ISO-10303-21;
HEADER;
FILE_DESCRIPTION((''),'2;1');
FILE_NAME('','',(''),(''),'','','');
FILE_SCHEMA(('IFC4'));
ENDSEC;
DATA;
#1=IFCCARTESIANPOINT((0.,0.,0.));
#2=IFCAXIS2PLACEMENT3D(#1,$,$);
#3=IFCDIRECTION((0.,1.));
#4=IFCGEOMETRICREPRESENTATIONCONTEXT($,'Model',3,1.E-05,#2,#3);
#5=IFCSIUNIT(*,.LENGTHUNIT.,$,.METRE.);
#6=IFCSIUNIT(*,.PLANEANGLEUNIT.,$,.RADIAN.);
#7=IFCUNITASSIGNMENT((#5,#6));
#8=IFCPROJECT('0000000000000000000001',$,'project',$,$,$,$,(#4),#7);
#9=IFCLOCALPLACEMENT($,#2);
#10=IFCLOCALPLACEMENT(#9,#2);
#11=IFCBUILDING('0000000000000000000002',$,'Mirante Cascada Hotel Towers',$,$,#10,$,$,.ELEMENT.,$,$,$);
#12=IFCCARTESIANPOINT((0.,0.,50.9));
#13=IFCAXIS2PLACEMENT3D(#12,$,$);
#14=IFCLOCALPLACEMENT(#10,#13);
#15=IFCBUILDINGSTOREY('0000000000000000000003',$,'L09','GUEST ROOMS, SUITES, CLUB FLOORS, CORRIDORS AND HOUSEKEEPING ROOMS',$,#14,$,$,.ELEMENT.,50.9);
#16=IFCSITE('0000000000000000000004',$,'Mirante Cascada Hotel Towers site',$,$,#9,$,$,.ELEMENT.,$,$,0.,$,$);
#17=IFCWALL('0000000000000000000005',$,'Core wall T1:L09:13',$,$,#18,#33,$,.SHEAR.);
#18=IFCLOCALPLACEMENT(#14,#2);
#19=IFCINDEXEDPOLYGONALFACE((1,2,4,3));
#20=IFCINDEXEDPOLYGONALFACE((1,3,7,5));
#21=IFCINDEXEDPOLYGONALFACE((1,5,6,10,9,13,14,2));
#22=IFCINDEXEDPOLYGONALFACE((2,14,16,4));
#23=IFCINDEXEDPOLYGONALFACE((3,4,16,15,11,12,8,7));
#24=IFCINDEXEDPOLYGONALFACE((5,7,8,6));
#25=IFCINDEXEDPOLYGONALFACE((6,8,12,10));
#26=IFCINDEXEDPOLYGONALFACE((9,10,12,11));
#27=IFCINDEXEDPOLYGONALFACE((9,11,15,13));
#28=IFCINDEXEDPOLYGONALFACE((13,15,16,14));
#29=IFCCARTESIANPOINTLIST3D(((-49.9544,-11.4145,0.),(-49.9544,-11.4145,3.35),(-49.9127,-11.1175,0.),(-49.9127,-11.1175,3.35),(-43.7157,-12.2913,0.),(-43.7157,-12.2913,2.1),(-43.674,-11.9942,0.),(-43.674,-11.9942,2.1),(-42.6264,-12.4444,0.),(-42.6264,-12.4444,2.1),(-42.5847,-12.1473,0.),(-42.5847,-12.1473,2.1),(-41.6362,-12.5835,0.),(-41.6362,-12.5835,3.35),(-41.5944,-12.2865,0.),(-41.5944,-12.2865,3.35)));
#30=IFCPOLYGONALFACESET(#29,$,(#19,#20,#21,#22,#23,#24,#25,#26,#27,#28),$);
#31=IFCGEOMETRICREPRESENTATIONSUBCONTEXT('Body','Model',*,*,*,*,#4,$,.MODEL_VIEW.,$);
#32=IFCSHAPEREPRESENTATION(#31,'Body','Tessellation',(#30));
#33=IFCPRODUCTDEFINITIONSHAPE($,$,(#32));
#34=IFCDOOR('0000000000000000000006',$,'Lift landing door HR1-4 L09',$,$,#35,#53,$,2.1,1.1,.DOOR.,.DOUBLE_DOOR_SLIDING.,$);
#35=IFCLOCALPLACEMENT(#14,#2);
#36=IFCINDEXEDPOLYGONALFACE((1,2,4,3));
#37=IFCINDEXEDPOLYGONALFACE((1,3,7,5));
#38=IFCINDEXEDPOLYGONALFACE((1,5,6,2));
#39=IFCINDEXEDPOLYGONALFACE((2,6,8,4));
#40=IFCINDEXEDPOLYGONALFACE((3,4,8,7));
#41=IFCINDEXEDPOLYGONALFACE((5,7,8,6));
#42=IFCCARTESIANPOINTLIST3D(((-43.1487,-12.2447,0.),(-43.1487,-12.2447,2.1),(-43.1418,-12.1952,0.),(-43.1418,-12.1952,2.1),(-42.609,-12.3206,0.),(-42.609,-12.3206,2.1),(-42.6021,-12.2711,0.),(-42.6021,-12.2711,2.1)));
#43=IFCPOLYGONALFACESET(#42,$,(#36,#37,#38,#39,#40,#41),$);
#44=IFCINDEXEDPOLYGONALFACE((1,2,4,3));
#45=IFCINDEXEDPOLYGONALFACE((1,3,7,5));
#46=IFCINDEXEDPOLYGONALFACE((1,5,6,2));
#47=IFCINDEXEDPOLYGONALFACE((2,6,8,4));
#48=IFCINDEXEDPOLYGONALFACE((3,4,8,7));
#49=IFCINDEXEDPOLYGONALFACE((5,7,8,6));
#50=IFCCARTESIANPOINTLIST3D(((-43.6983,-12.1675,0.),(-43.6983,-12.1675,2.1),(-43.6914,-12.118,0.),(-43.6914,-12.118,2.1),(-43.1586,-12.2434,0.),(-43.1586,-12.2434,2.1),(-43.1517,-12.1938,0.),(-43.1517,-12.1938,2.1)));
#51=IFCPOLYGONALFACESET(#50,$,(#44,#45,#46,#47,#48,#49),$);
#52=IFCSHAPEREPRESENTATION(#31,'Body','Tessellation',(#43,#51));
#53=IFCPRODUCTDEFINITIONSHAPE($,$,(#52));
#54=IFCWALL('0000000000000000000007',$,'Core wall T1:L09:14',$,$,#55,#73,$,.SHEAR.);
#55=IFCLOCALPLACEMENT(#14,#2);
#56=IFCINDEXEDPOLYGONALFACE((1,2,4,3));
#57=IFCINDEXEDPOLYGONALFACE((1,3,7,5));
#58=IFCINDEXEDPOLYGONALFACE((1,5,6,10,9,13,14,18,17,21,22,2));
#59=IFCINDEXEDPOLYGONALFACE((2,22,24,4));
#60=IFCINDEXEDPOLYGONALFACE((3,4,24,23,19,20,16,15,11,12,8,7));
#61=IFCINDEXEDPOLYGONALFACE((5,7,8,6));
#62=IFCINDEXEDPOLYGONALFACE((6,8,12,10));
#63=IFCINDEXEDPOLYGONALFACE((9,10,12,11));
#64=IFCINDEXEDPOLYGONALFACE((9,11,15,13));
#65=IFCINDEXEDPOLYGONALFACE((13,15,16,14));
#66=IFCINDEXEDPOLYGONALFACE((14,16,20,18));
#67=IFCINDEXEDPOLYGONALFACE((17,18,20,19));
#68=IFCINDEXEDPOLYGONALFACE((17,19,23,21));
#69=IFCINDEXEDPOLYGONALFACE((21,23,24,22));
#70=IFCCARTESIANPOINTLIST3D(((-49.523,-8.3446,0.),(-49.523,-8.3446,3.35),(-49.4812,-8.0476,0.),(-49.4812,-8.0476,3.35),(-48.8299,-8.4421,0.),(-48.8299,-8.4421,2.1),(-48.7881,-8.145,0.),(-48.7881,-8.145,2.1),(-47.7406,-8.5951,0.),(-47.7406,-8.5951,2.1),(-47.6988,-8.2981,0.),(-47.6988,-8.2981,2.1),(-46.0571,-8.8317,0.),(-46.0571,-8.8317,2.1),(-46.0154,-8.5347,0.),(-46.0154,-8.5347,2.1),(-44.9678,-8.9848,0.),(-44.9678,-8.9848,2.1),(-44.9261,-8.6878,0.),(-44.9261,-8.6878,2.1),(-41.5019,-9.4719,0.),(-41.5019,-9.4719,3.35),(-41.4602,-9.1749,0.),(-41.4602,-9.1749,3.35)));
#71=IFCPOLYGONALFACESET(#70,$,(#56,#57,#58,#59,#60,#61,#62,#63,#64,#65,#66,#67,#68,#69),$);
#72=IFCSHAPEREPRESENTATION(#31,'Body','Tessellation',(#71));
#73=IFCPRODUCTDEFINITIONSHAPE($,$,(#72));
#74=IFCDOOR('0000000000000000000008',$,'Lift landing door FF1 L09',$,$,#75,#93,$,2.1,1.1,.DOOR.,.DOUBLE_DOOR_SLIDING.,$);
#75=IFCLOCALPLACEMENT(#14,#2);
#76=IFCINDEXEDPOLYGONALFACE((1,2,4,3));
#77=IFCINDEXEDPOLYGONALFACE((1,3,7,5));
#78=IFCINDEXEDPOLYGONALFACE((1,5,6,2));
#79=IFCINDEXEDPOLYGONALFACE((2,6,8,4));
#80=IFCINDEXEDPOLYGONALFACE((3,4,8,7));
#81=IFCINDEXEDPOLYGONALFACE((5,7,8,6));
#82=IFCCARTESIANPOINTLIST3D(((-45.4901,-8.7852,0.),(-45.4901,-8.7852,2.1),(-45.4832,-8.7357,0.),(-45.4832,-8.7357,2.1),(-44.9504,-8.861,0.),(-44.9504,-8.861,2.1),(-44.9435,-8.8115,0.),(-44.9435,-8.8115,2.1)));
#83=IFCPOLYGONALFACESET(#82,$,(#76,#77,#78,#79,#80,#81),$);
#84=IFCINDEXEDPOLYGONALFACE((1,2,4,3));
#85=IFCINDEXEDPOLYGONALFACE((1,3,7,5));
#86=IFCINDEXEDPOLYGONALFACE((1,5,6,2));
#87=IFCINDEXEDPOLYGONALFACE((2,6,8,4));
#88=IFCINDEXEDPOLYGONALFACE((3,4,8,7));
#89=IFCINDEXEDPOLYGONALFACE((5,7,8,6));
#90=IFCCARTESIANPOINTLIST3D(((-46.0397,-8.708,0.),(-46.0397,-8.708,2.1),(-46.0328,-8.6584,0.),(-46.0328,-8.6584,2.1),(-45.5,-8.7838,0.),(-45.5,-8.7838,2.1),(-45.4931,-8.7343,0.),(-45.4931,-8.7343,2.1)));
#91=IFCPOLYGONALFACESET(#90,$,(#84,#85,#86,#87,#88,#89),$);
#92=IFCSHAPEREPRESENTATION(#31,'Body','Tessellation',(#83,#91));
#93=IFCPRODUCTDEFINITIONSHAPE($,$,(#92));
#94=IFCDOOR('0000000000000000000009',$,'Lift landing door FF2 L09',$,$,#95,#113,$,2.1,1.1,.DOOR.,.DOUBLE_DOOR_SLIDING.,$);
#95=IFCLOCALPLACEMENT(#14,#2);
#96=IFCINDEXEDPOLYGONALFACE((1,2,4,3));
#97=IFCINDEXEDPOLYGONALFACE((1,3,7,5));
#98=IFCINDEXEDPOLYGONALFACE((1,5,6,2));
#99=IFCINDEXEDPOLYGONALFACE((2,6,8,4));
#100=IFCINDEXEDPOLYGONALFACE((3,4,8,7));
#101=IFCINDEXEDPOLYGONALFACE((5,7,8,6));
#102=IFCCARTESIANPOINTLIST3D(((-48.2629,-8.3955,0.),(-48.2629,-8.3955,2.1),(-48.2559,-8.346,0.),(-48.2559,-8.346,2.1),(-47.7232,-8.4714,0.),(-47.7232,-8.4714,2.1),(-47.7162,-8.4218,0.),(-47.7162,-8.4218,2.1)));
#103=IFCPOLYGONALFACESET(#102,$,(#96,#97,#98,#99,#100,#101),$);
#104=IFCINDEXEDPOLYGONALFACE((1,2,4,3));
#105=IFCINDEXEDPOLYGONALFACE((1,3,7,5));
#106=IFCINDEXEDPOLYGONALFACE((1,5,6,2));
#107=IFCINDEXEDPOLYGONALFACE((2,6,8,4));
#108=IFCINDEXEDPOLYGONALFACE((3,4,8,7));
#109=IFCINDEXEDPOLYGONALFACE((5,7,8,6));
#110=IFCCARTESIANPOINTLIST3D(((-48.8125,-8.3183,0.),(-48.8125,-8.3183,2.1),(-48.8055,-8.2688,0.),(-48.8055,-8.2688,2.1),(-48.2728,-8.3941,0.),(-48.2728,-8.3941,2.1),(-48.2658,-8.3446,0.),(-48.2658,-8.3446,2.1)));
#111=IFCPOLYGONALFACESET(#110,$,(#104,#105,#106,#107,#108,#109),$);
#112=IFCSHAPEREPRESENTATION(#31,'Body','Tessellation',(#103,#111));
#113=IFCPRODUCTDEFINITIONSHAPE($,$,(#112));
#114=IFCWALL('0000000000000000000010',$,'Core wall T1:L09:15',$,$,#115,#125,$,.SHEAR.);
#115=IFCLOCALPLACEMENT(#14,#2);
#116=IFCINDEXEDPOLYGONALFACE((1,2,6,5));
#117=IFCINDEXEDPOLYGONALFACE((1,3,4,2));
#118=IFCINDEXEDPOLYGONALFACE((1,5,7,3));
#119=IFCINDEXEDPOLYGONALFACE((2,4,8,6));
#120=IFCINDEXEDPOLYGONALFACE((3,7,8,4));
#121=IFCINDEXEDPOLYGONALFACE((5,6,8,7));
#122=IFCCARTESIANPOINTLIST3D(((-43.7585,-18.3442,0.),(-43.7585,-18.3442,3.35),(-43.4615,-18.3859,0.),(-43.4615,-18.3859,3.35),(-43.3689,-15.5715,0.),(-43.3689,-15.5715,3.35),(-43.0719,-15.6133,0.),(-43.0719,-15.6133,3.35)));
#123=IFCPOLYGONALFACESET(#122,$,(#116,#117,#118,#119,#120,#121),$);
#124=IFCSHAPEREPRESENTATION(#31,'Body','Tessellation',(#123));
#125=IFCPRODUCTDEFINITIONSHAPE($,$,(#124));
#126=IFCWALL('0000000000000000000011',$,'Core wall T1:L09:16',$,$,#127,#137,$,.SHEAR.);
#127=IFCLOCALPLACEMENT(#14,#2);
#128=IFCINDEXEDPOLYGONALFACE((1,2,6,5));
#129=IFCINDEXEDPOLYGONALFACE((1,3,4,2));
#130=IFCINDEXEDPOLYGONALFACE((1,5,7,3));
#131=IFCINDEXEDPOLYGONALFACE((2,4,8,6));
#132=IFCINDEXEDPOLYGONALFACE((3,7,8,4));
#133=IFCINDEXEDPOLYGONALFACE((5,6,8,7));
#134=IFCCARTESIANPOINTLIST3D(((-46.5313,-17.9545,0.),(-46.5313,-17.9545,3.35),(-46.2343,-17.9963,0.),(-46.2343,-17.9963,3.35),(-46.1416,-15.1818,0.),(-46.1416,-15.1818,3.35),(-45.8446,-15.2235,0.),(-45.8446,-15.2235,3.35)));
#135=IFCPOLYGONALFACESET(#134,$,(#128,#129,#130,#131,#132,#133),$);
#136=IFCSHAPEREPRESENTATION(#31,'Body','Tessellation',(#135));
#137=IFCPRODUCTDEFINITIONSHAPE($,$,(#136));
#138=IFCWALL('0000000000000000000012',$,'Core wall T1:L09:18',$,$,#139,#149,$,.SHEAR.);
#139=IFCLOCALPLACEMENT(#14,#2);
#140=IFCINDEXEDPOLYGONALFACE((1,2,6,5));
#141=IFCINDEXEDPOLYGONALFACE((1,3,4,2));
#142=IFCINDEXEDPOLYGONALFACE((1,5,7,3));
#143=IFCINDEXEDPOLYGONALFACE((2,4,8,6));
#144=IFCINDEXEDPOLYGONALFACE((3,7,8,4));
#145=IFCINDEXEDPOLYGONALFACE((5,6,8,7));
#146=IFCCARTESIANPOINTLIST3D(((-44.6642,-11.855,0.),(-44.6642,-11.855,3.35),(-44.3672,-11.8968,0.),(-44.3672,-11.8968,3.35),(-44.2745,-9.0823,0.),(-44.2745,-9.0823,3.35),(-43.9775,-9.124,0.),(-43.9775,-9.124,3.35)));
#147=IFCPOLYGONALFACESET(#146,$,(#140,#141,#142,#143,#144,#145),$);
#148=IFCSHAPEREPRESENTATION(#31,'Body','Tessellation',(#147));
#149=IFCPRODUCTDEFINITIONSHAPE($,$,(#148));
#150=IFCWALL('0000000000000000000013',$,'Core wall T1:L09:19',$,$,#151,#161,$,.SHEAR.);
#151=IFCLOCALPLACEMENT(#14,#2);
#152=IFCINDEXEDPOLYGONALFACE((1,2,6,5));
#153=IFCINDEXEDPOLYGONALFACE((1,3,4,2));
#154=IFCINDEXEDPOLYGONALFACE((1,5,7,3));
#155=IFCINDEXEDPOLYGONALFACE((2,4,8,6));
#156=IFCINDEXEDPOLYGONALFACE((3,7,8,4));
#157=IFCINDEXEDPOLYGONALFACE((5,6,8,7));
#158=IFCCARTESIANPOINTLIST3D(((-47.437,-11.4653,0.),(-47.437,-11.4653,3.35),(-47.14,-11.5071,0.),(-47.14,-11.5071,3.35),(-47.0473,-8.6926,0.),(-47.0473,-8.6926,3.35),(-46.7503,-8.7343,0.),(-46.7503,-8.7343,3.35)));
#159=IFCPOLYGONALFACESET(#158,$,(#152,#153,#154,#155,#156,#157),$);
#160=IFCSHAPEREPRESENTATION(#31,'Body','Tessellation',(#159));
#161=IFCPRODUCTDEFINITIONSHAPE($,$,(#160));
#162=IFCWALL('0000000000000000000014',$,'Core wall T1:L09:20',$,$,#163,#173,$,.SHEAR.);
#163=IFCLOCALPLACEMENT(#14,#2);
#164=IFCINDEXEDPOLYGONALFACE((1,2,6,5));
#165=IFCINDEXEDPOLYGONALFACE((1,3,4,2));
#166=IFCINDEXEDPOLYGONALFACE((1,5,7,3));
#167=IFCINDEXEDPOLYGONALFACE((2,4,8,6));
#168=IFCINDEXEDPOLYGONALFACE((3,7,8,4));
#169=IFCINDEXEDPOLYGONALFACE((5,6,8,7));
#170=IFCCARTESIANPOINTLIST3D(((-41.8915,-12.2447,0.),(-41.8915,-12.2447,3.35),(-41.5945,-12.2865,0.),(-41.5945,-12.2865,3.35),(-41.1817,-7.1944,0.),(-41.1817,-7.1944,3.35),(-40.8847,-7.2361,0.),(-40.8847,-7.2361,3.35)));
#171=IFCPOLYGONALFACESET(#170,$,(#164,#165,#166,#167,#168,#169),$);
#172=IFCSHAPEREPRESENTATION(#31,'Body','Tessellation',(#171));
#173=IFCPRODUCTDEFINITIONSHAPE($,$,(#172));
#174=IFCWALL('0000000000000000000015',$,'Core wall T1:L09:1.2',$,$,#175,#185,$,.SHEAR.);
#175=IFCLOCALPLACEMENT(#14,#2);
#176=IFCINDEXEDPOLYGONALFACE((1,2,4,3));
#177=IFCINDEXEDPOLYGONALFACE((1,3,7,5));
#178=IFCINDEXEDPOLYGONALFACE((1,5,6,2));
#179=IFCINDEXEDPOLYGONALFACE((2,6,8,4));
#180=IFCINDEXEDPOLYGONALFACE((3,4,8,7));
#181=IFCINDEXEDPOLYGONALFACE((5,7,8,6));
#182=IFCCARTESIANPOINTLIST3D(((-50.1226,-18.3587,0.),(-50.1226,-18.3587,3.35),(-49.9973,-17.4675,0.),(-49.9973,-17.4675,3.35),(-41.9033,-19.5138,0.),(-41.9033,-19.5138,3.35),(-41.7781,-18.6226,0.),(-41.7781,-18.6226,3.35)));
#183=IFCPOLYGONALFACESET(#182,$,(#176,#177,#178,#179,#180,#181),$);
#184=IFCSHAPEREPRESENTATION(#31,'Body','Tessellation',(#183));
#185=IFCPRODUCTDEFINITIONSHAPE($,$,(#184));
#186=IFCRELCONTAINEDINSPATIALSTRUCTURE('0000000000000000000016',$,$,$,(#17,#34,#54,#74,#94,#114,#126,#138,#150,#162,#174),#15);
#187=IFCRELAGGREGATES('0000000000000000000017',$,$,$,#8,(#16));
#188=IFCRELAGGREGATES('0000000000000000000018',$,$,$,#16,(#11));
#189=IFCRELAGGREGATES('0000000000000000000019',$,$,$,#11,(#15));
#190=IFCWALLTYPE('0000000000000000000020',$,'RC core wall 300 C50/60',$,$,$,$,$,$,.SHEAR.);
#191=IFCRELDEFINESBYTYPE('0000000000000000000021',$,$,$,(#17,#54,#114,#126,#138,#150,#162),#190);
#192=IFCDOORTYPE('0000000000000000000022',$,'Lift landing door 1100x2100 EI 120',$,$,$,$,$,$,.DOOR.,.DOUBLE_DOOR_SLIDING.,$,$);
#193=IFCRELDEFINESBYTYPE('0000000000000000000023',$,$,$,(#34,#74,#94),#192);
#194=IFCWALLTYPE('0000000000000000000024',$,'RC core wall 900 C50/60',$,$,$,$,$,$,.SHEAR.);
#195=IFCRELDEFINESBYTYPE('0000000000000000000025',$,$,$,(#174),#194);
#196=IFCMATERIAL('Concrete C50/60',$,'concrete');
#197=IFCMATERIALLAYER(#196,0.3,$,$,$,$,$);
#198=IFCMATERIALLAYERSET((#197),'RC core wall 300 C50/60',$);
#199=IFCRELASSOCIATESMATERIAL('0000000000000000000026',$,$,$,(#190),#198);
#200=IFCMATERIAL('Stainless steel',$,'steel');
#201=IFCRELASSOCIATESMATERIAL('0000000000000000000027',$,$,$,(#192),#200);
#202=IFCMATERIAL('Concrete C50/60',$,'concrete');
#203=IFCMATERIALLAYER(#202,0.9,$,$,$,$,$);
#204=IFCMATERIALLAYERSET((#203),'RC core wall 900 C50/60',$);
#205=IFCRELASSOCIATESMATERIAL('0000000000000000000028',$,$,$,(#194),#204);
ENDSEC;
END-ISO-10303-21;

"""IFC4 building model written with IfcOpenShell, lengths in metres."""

from ifc_helpers import new_model, si_unit, direction, frame, frame_2d, origin, place, context, subcontext, project, spatial, rectangle, extrude, material, layer, layer_set, type_object, element, fill, save


model = new_model("IFC4")

# Units and contexts
model_context = context("Model", 3, precision=1e-05, world=origin(), true_north=direction((0.0, 1.0)))
body_context = subcontext(model_context, "Body", "Model", "MODEL_VIEW")
ifc_project = project(units=[si_unit("LENGTHUNIT", "METRE"), si_unit("PLANEANGLEUNIT", "RADIAN")], contexts=[model_context])

# Site, building, storey
site_placement = place(None, origin())
site = spatial("IfcSite", under=ifc_project, at=site_placement, Name="Mirante Cascada Hotel Towers site", CompositionType="ELEMENT", RefElevation=0.0)
building_placement = place(site_placement, origin())
building = spatial("IfcBuilding", under=site, at=building_placement, Name="Mirante Cascada Hotel Towers", CompositionType="ELEMENT")
storey_placement = place(building_placement, frame((0.0, 0.0, 50.9)))
storey = spatial("IfcBuildingStorey", under=building, at=storey_placement, Name="L09", Description="GUEST ROOMS, SUITES, CLUB FLOORS, CORRIDORS AND HOUSEKEEPING ROOMS", CompositionType="ELEMENT", Elevation=50.9)

# Shared definitions
ifc_material_1 = material(Name="Concrete C50/60", Category="concrete")
ifc_layer_1 = layer(ifc_material_1, 0.3)
ifc_layer_set_1 = layer_set([ifc_layer_1], Name="RC core wall 300 C50/60")
wall_type_1 = type_object("IfcWallType", Name="RC core wall 300 C50/60", PredefinedType="SHEAR", material=ifc_layer_set_1)

# Shared definitions
ifc_material_2 = material(Name="Stainless steel", Category="steel")
door_type_1 = type_object("IfcDoorType", Name="Lift landing door 1100x2100 EI 120", OperationType="DOUBLE_DOOR_SLIDING", PredefinedType="DOOR", material=ifc_material_2)

# Wall, opening, door
wall_1_placement = place(storey_placement, frame((-41.6153, -12.435, 0.0), z_axis=(0.0, 0.0, 1.0), x_axis=(-0.990269, 0.139166, 0.0)))
wall_1 = element("IfcWall", 1, at=wall_1_placement, inside=storey, type_object=wall_type_1, Name="Core wall T1:L09:13", PredefinedType="SHEAR", context=body_context, shape_type="SweptSolid", body=[
    extrude(rectangle(XDim=8.4, YDim=0.3, at=frame_2d((4.2, 0.0))), origin(), (0.0, 0.0, 1.0), 3.35),
])
opening_1_placement = place(wall_1_placement, frame((1.0, 0.0, 0.0)))
opening_1 = element("IfcOpeningElement", 2, at=opening_1_placement, cuts=wall_1, PredefinedType="OPENING", context=body_context, shape_type="SweptSolid", body=[
    extrude(rectangle(XDim=1.1, YDim=2.1, at=frame_2d((0.55, 1.05))), frame((0.0, 0.15, 0.0), z_axis=(0.0, -1.0, 0.0), x_axis=(1.0, 0.0, 0.0)), (0.0, 0.0, 1.0), 0.3),
])
door_1_placement = place(opening_1_placement, origin())
door_1 = element("IfcDoor", 3, at=door_1_placement, inside=storey, type_object=door_type_1, Name="Lift landing door HR1-4 L09", OperationType="DOUBLE_DOOR_SLIDING", OverallHeight=2.1, OverallWidth=1.1, PredefinedType="DOOR", context=body_context, shape_type="SweptSolid", body=[
    extrude(rectangle(XDim=0.545, YDim=2.1, at=frame_2d((0.2725, 1.05))), frame((0.0, 0.025, 0.0), z_axis=(0.0, -1.0, 0.0), x_axis=(1.0, 0.0, 0.0)), (0.0, 0.0, 1.0), 0.05),
    extrude(rectangle(XDim=0.545, YDim=2.1, at=frame_2d((0.8275, 1.05))), frame((0.0, 0.025, 0.0), z_axis=(0.0, -1.0, 0.0), x_axis=(1.0, 0.0, 0.0)), (0.0, 0.0, 1.0), 0.05),
])
fill(opening_1, door_1)

# Wall, openings, doors
wall_2_placement = place(storey_placement, frame((-41.481, -9.3234, 0.0), z_axis=(0.0, 0.0, 1.0), x_axis=(-0.990268, 0.139174, 0.0)))
wall_2 = element("IfcWall", 4, at=wall_2_placement, inside=storey, type_object=wall_type_1, Name="Core wall T1:L09:14", PredefinedType="SHEAR", context=body_context, shape_type="SweptSolid", body=[
    extrude(rectangle(XDim=8.0999, YDim=0.3, at=frame_2d((4.05, 0.0))), origin(), (0.0, 0.0, 1.0), 3.35),
])
opening_2_placement = place(wall_2_placement, frame((3.5, 0.0, 0.0)))
opening_2 = element("IfcOpeningElement", 5, at=opening_2_placement, cuts=wall_2, PredefinedType="OPENING", context=body_context, shape_type="SweptSolid", body=[
    extrude(rectangle(XDim=1.1, YDim=2.1, at=frame_2d((0.55, 1.05))), frame((0.0, 0.15, 0.0), z_axis=(0.0, -1.0, 0.0), x_axis=(1.0, 0.0, 0.0)), (0.0, 0.0, 1.0), 0.3),
])
opening_3_placement = place(wall_2_placement, frame((6.3, 0.0, 0.0)))
opening_3 = element("IfcOpeningElement", 6, at=opening_3_placement, cuts=wall_2, PredefinedType="OPENING", context=body_context, shape_type="SweptSolid", body=[
    extrude(rectangle(XDim=1.1, YDim=2.1, at=frame_2d((0.55, 1.05))), frame((0.0, 0.15, 0.0), z_axis=(0.0, -1.0, 0.0), x_axis=(1.0, 0.0, 0.0)), (0.0, 0.0, 1.0), 0.3),
])
door_2_placement = place(opening_2_placement, origin())
door_2 = element("IfcDoor", 7, at=door_2_placement, inside=storey, type_object=door_type_1, Name="Lift landing door FF1 L09", OperationType="DOUBLE_DOOR_SLIDING", OverallHeight=2.1, OverallWidth=1.1, PredefinedType="DOOR", context=body_context, shape_type="SweptSolid", body=[
    extrude(rectangle(XDim=0.545, YDim=2.1, at=frame_2d((0.2725, 1.05))), frame((0.0, 0.025, 0.0), z_axis=(0.0, -1.0, 0.0), x_axis=(1.0, 0.0, 0.0)), (0.0, 0.0, 1.0), 0.05),
    extrude(rectangle(XDim=0.545, YDim=2.1, at=frame_2d((0.8275, 1.05))), frame((0.0, 0.025, 0.0), z_axis=(0.0, -1.0, 0.0), x_axis=(1.0, 0.0, 0.0)), (0.0, 0.0, 1.0), 0.05),
])
fill(opening_2, door_2)
door_3_placement = place(opening_3_placement, origin())
door_3 = element("IfcDoor", 8, at=door_3_placement, inside=storey, type_object=door_type_1, Name="Lift landing door FF2 L09", OperationType="DOUBLE_DOOR_SLIDING", OverallHeight=2.1, OverallWidth=1.1, PredefinedType="DOOR", context=body_context, shape_type="SweptSolid", body=[
    extrude(rectangle(XDim=0.545, YDim=2.1, at=frame_2d((0.2725, 1.05))), frame((0.0, 0.025, 0.0), z_axis=(0.0, -1.0, 0.0), x_axis=(1.0, 0.0, 0.0)), (0.0, 0.0, 1.0), 0.05),
    extrude(rectangle(XDim=0.545, YDim=2.1, at=frame_2d((0.8275, 1.05))), frame((0.0, 0.025, 0.0), z_axis=(0.0, -1.0, 0.0), x_axis=(1.0, 0.0, 0.0)), (0.0, 0.0, 1.0), 0.05),
])
fill(opening_3, door_3)

# Walls
wall_3_placement = place(storey_placement, frame((-43.61, -18.3651, 0.0), z_axis=(0.0, 0.0, 1.0), x_axis=(0.139146, 0.990272, 0.0)))
element("IfcWall", 9, at=wall_3_placement, inside=storey, type_object=wall_type_1, Name="Core wall T1:L09:15", PredefinedType="SHEAR", context=body_context, shape_type="SweptSolid", body=[
    extrude(rectangle(XDim=2.7999, YDim=0.3, at=frame_2d((1.4, 0.0))), origin(), (0.0, 0.0, 1.0), 3.35),
])
for number, where, z_axis, x_axis, name in (
    (10, (-46.3828, -17.9754, 0.0), (0.0, 0.0, 1.0), (0.139181, 0.990267, 0.0), "Core wall T1:L09:16"),
    (11, (-44.5157, -11.8759, 0.0), (0.0, 0.0, 1.0), (0.139181, 0.990267, 0.0), "Core wall T1:L09:18"),
    (12, (-47.2885, -11.4862, 0.0), (0.0, 0.0, 1.0), (0.139181, 0.990267, 0.0), "Core wall T1:L09:19"),
):
    element("IfcWall", number, at=place(storey_placement, frame(where, z_axis=z_axis, x_axis=x_axis)), inside=storey, type_object=wall_type_1, Name=name, PredefinedType="SHEAR", context=body_context, shape_type="SweptSolid", body=[
        extrude(rectangle(XDim=2.8, YDim=0.3, at=frame_2d((1.4, 0.0))), origin(), (0.0, 0.0, 1.0), 3.35),
    ])
wall_4_placement = place(storey_placement, frame((-41.743, -12.2656, 0.0), z_axis=(0.0, 0.0, 1.0), x_axis=(0.139176, 0.990268, 0.0)))
element("IfcWall", 13, at=wall_4_placement, inside=storey, type_object=wall_type_1, Name="Core wall T1:L09:20", PredefinedType="SHEAR", context=body_context, shape_type="SweptSolid", body=[
    extrude(rectangle(XDim=5.1, YDim=0.3, at=frame_2d((2.55, 0.0))), origin(), (0.0, 0.0, 1.0), 3.35),
])
ifc_material_3 = material(Name="Concrete C50/60", Category="concrete")
ifc_layer_2 = layer(ifc_material_3, 0.9)
ifc_layer_set_2 = layer_set([ifc_layer_2], Name="RC core wall 900 C50/60")
wall_type_2 = type_object("IfcWallType", Name="RC core wall 900 C50/60", PredefinedType="SHEAR", material=ifc_layer_set_2)
wall_5_placement = place(storey_placement, frame((-41.8407, -19.0682, 0.0), z_axis=(0.0, 0.0, 1.0), x_axis=(-0.990269, 0.139169, 0.0)))
element("IfcWall", 14, at=wall_5_placement, inside=storey, type_object=wall_type_2, Name="Core wall T1:L09:1.2", PredefinedType="SHEAR", context=body_context, shape_type="SweptSolid", body=[
    extrude(rectangle(XDim=8.3, YDim=0.9, at=frame_2d((4.15, 0.0))), origin(), (0.0, 0.0, 1.0), 3.35),
])

save(model, "model.ifc")
